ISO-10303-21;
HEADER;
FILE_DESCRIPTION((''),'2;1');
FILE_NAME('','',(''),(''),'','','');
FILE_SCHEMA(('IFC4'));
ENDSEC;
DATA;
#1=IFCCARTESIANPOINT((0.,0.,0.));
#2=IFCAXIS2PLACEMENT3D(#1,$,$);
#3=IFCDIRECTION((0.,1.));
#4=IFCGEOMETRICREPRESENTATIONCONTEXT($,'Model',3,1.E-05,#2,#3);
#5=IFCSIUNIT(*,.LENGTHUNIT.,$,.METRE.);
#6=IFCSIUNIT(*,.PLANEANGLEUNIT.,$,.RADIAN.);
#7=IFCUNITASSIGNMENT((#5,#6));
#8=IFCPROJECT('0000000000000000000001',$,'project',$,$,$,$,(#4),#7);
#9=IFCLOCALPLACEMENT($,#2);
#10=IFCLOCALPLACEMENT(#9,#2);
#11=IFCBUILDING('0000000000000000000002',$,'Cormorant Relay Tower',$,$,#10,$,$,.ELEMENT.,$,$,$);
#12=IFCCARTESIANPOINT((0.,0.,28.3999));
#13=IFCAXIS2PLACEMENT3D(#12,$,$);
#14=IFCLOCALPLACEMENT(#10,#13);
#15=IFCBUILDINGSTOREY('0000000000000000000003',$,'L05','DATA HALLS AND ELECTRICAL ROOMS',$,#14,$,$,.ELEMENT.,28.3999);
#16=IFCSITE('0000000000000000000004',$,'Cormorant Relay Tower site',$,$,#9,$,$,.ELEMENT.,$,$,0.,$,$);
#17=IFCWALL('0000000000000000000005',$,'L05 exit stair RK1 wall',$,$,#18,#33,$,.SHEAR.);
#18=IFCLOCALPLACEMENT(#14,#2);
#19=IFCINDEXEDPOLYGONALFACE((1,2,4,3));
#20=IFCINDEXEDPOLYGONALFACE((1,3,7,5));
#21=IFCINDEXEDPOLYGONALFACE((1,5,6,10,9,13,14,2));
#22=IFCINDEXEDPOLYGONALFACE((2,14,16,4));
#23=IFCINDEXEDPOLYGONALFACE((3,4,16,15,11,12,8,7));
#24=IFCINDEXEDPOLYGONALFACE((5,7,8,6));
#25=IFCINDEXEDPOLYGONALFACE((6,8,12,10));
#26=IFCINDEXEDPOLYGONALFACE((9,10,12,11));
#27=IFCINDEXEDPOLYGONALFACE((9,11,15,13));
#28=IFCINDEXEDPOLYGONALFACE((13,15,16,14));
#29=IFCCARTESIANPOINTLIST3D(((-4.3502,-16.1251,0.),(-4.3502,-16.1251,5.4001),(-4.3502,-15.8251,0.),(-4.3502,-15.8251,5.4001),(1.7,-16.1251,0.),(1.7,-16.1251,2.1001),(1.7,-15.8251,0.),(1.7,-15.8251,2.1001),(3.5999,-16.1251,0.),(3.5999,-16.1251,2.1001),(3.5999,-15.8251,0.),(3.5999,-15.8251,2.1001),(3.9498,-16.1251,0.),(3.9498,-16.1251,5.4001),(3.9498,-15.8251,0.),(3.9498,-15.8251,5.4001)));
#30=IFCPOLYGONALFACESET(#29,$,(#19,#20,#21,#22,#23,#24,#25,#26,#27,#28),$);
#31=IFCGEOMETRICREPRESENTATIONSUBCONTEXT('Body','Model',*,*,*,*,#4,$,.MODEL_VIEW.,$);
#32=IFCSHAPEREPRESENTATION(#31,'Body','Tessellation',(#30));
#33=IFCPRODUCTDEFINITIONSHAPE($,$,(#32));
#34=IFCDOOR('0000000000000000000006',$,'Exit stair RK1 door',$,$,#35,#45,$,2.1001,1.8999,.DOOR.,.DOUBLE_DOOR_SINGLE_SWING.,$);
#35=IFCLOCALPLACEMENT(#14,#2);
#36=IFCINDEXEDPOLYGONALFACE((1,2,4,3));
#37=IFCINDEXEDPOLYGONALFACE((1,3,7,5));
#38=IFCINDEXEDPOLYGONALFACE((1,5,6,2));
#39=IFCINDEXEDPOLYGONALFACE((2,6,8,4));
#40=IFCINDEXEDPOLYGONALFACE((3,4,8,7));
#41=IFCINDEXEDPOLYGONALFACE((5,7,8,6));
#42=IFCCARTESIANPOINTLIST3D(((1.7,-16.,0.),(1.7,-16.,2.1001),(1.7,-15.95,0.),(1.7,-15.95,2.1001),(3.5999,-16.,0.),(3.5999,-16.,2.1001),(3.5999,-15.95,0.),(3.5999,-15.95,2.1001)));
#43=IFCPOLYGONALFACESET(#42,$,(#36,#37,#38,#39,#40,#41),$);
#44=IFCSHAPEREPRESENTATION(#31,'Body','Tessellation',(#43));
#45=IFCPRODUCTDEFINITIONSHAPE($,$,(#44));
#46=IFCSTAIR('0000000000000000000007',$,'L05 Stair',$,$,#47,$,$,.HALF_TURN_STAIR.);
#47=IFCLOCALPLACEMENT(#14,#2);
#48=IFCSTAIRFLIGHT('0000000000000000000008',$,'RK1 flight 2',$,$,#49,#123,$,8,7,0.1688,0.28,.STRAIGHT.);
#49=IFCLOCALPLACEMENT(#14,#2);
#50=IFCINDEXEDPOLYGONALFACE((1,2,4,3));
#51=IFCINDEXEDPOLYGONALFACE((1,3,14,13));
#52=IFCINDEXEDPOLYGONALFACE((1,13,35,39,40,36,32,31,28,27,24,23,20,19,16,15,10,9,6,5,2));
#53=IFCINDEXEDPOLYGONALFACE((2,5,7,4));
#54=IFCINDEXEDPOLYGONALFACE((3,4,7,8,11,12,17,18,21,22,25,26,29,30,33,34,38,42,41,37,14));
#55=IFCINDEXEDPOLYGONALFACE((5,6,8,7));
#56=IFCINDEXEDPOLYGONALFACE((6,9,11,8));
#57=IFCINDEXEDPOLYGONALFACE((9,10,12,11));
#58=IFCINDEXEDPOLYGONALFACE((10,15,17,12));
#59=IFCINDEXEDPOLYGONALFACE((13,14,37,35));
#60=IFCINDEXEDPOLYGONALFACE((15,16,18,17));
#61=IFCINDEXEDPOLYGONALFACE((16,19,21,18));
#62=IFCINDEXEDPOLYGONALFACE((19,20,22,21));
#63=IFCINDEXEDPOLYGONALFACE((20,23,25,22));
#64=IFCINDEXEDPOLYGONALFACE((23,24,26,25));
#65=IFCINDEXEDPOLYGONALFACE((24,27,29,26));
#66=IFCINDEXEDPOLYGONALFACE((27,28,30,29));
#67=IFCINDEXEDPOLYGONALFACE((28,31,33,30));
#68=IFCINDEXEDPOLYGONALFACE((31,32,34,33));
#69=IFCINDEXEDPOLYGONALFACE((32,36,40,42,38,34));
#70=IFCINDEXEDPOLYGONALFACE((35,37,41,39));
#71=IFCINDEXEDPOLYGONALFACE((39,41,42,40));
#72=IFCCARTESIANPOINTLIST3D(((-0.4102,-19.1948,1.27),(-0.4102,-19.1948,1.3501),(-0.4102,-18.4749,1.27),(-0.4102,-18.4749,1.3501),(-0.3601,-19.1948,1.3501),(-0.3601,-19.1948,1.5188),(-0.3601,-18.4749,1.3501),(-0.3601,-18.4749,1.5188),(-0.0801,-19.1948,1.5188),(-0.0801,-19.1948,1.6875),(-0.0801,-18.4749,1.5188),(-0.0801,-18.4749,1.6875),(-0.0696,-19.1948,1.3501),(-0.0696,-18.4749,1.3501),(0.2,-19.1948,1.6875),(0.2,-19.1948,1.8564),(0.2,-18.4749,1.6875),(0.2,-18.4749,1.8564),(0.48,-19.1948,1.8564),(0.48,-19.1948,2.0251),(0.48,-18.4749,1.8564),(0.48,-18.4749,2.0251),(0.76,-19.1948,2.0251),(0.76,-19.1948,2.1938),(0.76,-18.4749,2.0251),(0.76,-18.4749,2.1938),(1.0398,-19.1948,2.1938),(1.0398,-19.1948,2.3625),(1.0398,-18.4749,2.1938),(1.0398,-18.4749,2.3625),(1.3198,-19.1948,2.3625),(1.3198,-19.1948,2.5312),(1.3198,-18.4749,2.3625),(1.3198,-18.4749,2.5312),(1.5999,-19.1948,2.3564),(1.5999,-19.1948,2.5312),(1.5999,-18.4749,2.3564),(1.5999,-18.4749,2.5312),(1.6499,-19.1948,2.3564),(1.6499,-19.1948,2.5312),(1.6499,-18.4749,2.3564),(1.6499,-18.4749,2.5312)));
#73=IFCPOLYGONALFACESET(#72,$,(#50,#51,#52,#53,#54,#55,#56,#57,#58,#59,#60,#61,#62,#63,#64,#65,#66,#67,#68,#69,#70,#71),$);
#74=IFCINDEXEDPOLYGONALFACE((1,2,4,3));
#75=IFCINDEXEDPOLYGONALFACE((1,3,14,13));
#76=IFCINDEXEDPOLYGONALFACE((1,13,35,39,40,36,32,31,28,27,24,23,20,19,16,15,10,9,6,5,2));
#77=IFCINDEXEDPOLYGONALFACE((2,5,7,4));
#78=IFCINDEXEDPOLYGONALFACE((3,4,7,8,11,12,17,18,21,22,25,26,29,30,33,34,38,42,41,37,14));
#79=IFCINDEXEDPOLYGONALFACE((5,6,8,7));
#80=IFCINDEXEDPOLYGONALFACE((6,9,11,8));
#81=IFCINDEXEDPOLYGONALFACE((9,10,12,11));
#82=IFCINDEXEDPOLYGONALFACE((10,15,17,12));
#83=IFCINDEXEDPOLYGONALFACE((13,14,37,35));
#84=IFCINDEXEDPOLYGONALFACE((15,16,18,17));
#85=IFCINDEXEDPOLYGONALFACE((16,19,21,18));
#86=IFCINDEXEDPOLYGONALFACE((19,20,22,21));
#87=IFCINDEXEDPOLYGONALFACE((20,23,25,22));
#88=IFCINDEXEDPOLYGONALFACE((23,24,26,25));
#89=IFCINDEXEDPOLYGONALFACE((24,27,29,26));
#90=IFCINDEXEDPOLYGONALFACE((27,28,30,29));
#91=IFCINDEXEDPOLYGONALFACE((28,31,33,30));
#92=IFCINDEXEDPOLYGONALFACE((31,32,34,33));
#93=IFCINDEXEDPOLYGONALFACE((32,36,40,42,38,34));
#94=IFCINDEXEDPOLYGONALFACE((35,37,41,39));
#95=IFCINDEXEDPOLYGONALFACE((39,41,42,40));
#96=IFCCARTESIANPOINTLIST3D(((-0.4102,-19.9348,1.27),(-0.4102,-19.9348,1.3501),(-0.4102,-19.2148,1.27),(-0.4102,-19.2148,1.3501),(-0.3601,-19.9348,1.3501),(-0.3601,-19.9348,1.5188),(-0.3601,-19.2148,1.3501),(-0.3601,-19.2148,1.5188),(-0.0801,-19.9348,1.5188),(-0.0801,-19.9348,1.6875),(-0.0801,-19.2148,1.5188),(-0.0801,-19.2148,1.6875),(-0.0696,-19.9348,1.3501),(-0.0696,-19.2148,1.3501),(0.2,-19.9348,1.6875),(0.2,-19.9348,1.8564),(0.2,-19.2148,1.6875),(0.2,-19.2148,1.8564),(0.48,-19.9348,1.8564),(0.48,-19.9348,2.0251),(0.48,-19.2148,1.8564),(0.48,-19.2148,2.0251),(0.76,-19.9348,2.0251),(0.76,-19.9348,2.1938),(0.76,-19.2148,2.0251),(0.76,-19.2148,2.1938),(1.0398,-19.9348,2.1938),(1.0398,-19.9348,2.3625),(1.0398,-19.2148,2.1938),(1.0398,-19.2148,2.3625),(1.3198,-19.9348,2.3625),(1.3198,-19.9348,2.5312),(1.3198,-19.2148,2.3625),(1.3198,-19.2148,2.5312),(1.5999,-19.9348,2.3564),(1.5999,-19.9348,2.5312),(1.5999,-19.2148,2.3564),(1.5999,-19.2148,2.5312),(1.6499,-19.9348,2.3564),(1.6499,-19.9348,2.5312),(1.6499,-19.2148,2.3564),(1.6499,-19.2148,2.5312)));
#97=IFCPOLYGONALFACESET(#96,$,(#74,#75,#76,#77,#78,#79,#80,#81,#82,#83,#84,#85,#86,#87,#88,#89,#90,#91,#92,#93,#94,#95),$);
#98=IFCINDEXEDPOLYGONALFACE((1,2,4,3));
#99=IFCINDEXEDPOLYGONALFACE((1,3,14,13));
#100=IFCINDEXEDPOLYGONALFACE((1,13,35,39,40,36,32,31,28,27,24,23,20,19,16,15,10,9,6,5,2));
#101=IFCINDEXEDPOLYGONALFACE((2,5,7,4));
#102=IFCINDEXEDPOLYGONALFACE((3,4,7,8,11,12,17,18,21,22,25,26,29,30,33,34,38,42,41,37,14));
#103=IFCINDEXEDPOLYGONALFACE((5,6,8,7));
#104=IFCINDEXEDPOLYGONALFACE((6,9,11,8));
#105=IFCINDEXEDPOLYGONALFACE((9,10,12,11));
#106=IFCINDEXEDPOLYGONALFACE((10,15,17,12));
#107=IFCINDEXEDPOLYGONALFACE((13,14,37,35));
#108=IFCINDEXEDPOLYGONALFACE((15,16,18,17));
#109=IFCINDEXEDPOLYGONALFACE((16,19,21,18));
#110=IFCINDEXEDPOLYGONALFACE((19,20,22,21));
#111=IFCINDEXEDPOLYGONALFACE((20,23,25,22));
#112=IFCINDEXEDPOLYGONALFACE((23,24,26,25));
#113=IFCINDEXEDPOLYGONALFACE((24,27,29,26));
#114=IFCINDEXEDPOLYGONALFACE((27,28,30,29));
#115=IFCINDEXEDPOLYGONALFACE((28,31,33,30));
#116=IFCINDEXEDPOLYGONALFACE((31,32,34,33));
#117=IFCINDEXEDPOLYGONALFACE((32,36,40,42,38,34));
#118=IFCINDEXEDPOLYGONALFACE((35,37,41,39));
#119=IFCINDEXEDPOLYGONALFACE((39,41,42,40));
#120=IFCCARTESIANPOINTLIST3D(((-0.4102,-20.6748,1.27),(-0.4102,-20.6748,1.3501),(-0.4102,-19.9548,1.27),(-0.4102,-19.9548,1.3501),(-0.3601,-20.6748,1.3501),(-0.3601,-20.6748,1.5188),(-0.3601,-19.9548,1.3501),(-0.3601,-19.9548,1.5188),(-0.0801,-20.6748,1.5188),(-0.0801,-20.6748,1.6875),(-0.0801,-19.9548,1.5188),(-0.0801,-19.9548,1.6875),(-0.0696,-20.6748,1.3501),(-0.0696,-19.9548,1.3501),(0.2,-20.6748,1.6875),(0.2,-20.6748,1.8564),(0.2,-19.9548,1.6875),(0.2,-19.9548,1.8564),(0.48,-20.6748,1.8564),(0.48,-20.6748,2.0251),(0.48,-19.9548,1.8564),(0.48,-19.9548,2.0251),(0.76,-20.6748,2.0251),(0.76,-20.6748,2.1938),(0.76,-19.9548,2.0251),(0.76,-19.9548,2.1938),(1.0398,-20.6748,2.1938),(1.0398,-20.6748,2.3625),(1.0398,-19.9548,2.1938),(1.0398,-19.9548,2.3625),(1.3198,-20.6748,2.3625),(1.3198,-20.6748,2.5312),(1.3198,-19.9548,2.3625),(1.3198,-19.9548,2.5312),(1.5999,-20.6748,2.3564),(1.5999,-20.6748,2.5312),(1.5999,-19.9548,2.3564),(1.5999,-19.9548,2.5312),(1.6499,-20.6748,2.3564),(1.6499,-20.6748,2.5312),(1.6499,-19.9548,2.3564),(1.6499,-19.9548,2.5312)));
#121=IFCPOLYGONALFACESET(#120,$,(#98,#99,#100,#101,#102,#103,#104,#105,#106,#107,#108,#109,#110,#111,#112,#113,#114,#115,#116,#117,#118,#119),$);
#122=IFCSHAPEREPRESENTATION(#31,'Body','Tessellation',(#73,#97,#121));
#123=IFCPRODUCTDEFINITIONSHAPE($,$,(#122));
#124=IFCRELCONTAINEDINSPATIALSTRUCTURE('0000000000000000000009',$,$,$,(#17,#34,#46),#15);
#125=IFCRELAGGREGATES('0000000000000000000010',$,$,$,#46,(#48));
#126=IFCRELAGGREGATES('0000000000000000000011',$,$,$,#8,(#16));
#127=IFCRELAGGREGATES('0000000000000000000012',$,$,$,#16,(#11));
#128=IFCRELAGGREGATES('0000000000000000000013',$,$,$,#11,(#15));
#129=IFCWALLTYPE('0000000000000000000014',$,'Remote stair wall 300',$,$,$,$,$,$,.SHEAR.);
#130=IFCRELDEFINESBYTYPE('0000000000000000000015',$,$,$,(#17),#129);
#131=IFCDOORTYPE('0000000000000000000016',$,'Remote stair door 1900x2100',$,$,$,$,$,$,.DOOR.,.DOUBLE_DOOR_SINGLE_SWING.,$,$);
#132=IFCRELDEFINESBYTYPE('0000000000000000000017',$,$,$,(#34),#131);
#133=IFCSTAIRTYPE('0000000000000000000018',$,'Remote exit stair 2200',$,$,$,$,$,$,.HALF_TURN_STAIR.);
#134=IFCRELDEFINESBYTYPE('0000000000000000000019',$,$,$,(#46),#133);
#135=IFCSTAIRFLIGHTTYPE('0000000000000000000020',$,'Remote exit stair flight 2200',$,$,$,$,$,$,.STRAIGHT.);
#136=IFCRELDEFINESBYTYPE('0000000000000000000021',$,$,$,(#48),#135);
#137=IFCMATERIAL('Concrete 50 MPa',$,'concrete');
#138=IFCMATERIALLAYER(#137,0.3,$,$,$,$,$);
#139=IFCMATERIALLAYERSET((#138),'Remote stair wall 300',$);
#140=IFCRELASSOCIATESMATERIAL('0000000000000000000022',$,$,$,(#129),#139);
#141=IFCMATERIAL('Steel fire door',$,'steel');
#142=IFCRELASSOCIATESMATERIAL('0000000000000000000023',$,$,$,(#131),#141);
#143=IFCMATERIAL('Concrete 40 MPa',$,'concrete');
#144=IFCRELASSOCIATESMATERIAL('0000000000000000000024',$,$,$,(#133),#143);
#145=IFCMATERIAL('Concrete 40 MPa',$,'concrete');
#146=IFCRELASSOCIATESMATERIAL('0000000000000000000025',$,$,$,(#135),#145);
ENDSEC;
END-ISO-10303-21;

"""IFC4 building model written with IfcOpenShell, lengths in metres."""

from ifc_helpers import new_model, si_unit, direction, frame, frame_2d, origin, place, context, subcontext, project, spatial, polyline, rectangle, outline, extrude, material, layer, layer_set, type_object, element, fill, aggregate, save


model = new_model("IFC4")

# Units and contexts
model_context = context("Model", 3, precision=1e-05, world=origin(), true_north=direction((0.0, 1.0)))
body_context = subcontext(model_context, "Body", "Model", "MODEL_VIEW")
ifc_project = project(units=[si_unit("LENGTHUNIT", "METRE"), si_unit("PLANEANGLEUNIT", "RADIAN")], contexts=[model_context])

# Site, building, storey
site_placement = place(None, origin())
site = spatial("IfcSite", under=ifc_project, at=site_placement, Name="Cormorant Relay Tower site", CompositionType="ELEMENT", RefElevation=0.0)
building_placement = place(site_placement, origin())
building = spatial("IfcBuilding", under=site, at=building_placement, Name="Cormorant Relay Tower", CompositionType="ELEMENT")
storey_placement = place(building_placement, frame((0.0, 0.0, 28.3999)))
storey = spatial("IfcBuildingStorey", under=building, at=storey_placement, Name="L05", Description="DATA HALLS AND ELECTRICAL ROOMS", CompositionType="ELEMENT", Elevation=28.3999)

# Shared definitions
ifc_material_1 = material(Name="Concrete 50 MPa", Category="concrete")
ifc_layer_1 = layer(ifc_material_1, 0.3)
ifc_layer_set_1 = layer_set([ifc_layer_1], Name="Remote stair wall 300")
wall_type_1 = type_object("IfcWallType", Name="Remote stair wall 300", PredefinedType="SHEAR", material=ifc_layer_set_1)

# Wall, opening, door
wall_1_placement = place(storey_placement, frame((-4.3501, -15.9751, 0.0), z_axis=(0.0, 0.0, 1.0), x_axis=(1.0, 0.0, 0.0)))
wall_1 = element("IfcWall", 1, at=wall_1_placement, inside=storey, type_object=wall_type_1, Name="L05 exit stair RK1 wall", PredefinedType="SHEAR", context=body_context, shape_type="SweptSolid", body=[
    extrude(rectangle(XDim=8.3, YDim=0.3, at=frame_2d((4.1499, 0.0))), origin(), (0.0, 0.0, 1.0), 5.4001),
])
opening_placement = place(wall_1_placement, frame((6.05, 0.0, 0.0)))
opening = element("IfcOpeningElement", 2, at=opening_placement, cuts=wall_1, PredefinedType="OPENING", context=body_context, shape_type="SweptSolid", body=[
    extrude(rectangle(XDim=1.8999, YDim=2.1001, at=frame_2d((0.95, 1.05))), frame((0.0, 0.1599, 0.0), z_axis=(0.0, -1.0, 0.0), x_axis=(1.0, 0.0, 0.0)), (0.0, 0.0, 1.0), 0.3201),
])
ifc_material_2 = material(Name="Steel fire door", Category="steel")
door_type = type_object("IfcDoorType", Name="Remote stair door 1900x2100", OperationType="DOUBLE_DOOR_SINGLE_SWING", PredefinedType="DOOR", material=ifc_material_2)
door_placement = place(opening_placement, frame((1.8999, 0.0, 0.0), z_axis=(0.0, 0.0, 1.0), x_axis=(-1.0, 0.0, 0.0)))
door = element("IfcDoor", 3, at=door_placement, inside=storey, type_object=door_type, Name="Exit stair RK1 door", OperationType="DOUBLE_DOOR_SINGLE_SWING", OverallHeight=2.1001, OverallWidth=1.8999, PredefinedType="DOOR", context=body_context, shape_type="SweptSolid", body=[
    extrude(rectangle(XDim=1.8999, YDim=2.1001, at=frame_2d((0.95, 1.05))), frame((0.0, 0.0249, 0.0), z_axis=(0.0, -1.0, 0.0), x_axis=(1.0, 0.0, 0.0)), (0.0, 0.0, 1.0), 0.05),
])
fill(opening, door)

# Stair, stair flight
ifc_material_3 = material(Name="Concrete 40 MPa", Category="concrete")
stair_type = type_object("IfcStairType", Name="Remote exit stair 2200", PredefinedType="HALF_TURN_STAIR", material=ifc_material_3)
stair_placement = place(storey_placement, origin())
stair = element("IfcStair", 4, at=stair_placement, inside=storey, type_object=stair_type, Name="L05 Stair", PredefinedType="HALF_TURN_STAIR")
ifc_material_4 = material(Name="Concrete 40 MPa", Category="concrete")
stair_flight_type = type_object("IfcStairFlightType", Name="Remote exit stair flight 2200", PredefinedType="STRAIGHT", material=ifc_material_4)
stair_flight_1_placement = place(storey_placement, frame((-0.3601, -19.575, 1.3501), z_axis=(0.0, 0.0, 1.0), x_axis=(1.0, 0.0, 0.0)))
stair_flight_1 = element("IfcStairFlight", 5, at=stair_flight_1_placement, type_object=stair_flight_type, Name="RK1 flight 2", NumberOfRisers=8, NumberOfTreads=7, PredefinedType="STRAIGHT", RiserHeight=0.1688, TreadLength=0.28, context=body_context, shape_type="SweptSolid", body=[
    extrude(outline(polyline([(-0.05, -0.0801), (-0.05, 0.0), (0.0, 0.0), (0.0, 0.1687), (0.28, 0.1687), (0.28, 0.3374), (0.5601, 0.3374), (0.5601, 0.5063), (0.8401, 0.5063), (0.8401, 0.675), (1.1201, 0.675), (1.1201, 0.8438), (1.3999, 0.8438), (1.3999, 1.0125), (1.6799, 1.0125), (1.6799, 1.1812), (1.96, 1.1812), (2.01, 1.1812), (2.01, 1.0063), (1.96, 1.0063), (0.2905, 0.0), (-0.05, -0.0801)])), frame((0.0, 1.1001, 0.0), z_axis=(0.0, -1.0, 0.0), x_axis=(1.0, 0.0, 0.0)), (0.0, 0.0, 1.0), 0.72),
    extrude(outline(polyline([(-0.05, -0.0801), (-0.05, 0.0), (0.0, 0.0), (0.0, 0.1687), (0.28, 0.1687), (0.28, 0.3374), (0.5601, 0.3374), (0.5601, 0.5063), (0.8401, 0.5063), (0.8401, 0.675), (1.1201, 0.675), (1.1201, 0.8438), (1.3999, 0.8438), (1.3999, 1.0125), (1.6799, 1.0125), (1.6799, 1.1812), (1.96, 1.1812), (2.01, 1.1812), (2.01, 1.0063), (1.96, 1.0063), (0.2905, 0.0), (-0.05, -0.0801)])), frame((0.0, 0.3601, 0.0), z_axis=(0.0, -1.0, 0.0), x_axis=(1.0, 0.0, 0.0)), (0.0, 0.0, 1.0), 0.72),
    extrude(outline(polyline([(-0.05, -0.0801), (-0.05, 0.0), (0.0, 0.0), (0.0, 0.1687), (0.28, 0.1687), (0.28, 0.3374), (0.5601, 0.3374), (0.5601, 0.5063), (0.8401, 0.5063), (0.8401, 0.675), (1.1201, 0.675), (1.1201, 0.8438), (1.3999, 0.8438), (1.3999, 1.0125), (1.6799, 1.0125), (1.6799, 1.1812), (1.96, 1.1812), (2.01, 1.1812), (2.01, 1.0063), (1.96, 1.0063), (0.2905, 0.0), (-0.05, -0.0801)])), frame((0.0, -0.3799, 0.0), z_axis=(0.0, -1.0, 0.0), x_axis=(1.0, 0.0, 0.0)), (0.0, 0.0, 1.0), 0.72),
])
aggregate(stair, [stair_flight_1])

save(model, "model.ifc")
